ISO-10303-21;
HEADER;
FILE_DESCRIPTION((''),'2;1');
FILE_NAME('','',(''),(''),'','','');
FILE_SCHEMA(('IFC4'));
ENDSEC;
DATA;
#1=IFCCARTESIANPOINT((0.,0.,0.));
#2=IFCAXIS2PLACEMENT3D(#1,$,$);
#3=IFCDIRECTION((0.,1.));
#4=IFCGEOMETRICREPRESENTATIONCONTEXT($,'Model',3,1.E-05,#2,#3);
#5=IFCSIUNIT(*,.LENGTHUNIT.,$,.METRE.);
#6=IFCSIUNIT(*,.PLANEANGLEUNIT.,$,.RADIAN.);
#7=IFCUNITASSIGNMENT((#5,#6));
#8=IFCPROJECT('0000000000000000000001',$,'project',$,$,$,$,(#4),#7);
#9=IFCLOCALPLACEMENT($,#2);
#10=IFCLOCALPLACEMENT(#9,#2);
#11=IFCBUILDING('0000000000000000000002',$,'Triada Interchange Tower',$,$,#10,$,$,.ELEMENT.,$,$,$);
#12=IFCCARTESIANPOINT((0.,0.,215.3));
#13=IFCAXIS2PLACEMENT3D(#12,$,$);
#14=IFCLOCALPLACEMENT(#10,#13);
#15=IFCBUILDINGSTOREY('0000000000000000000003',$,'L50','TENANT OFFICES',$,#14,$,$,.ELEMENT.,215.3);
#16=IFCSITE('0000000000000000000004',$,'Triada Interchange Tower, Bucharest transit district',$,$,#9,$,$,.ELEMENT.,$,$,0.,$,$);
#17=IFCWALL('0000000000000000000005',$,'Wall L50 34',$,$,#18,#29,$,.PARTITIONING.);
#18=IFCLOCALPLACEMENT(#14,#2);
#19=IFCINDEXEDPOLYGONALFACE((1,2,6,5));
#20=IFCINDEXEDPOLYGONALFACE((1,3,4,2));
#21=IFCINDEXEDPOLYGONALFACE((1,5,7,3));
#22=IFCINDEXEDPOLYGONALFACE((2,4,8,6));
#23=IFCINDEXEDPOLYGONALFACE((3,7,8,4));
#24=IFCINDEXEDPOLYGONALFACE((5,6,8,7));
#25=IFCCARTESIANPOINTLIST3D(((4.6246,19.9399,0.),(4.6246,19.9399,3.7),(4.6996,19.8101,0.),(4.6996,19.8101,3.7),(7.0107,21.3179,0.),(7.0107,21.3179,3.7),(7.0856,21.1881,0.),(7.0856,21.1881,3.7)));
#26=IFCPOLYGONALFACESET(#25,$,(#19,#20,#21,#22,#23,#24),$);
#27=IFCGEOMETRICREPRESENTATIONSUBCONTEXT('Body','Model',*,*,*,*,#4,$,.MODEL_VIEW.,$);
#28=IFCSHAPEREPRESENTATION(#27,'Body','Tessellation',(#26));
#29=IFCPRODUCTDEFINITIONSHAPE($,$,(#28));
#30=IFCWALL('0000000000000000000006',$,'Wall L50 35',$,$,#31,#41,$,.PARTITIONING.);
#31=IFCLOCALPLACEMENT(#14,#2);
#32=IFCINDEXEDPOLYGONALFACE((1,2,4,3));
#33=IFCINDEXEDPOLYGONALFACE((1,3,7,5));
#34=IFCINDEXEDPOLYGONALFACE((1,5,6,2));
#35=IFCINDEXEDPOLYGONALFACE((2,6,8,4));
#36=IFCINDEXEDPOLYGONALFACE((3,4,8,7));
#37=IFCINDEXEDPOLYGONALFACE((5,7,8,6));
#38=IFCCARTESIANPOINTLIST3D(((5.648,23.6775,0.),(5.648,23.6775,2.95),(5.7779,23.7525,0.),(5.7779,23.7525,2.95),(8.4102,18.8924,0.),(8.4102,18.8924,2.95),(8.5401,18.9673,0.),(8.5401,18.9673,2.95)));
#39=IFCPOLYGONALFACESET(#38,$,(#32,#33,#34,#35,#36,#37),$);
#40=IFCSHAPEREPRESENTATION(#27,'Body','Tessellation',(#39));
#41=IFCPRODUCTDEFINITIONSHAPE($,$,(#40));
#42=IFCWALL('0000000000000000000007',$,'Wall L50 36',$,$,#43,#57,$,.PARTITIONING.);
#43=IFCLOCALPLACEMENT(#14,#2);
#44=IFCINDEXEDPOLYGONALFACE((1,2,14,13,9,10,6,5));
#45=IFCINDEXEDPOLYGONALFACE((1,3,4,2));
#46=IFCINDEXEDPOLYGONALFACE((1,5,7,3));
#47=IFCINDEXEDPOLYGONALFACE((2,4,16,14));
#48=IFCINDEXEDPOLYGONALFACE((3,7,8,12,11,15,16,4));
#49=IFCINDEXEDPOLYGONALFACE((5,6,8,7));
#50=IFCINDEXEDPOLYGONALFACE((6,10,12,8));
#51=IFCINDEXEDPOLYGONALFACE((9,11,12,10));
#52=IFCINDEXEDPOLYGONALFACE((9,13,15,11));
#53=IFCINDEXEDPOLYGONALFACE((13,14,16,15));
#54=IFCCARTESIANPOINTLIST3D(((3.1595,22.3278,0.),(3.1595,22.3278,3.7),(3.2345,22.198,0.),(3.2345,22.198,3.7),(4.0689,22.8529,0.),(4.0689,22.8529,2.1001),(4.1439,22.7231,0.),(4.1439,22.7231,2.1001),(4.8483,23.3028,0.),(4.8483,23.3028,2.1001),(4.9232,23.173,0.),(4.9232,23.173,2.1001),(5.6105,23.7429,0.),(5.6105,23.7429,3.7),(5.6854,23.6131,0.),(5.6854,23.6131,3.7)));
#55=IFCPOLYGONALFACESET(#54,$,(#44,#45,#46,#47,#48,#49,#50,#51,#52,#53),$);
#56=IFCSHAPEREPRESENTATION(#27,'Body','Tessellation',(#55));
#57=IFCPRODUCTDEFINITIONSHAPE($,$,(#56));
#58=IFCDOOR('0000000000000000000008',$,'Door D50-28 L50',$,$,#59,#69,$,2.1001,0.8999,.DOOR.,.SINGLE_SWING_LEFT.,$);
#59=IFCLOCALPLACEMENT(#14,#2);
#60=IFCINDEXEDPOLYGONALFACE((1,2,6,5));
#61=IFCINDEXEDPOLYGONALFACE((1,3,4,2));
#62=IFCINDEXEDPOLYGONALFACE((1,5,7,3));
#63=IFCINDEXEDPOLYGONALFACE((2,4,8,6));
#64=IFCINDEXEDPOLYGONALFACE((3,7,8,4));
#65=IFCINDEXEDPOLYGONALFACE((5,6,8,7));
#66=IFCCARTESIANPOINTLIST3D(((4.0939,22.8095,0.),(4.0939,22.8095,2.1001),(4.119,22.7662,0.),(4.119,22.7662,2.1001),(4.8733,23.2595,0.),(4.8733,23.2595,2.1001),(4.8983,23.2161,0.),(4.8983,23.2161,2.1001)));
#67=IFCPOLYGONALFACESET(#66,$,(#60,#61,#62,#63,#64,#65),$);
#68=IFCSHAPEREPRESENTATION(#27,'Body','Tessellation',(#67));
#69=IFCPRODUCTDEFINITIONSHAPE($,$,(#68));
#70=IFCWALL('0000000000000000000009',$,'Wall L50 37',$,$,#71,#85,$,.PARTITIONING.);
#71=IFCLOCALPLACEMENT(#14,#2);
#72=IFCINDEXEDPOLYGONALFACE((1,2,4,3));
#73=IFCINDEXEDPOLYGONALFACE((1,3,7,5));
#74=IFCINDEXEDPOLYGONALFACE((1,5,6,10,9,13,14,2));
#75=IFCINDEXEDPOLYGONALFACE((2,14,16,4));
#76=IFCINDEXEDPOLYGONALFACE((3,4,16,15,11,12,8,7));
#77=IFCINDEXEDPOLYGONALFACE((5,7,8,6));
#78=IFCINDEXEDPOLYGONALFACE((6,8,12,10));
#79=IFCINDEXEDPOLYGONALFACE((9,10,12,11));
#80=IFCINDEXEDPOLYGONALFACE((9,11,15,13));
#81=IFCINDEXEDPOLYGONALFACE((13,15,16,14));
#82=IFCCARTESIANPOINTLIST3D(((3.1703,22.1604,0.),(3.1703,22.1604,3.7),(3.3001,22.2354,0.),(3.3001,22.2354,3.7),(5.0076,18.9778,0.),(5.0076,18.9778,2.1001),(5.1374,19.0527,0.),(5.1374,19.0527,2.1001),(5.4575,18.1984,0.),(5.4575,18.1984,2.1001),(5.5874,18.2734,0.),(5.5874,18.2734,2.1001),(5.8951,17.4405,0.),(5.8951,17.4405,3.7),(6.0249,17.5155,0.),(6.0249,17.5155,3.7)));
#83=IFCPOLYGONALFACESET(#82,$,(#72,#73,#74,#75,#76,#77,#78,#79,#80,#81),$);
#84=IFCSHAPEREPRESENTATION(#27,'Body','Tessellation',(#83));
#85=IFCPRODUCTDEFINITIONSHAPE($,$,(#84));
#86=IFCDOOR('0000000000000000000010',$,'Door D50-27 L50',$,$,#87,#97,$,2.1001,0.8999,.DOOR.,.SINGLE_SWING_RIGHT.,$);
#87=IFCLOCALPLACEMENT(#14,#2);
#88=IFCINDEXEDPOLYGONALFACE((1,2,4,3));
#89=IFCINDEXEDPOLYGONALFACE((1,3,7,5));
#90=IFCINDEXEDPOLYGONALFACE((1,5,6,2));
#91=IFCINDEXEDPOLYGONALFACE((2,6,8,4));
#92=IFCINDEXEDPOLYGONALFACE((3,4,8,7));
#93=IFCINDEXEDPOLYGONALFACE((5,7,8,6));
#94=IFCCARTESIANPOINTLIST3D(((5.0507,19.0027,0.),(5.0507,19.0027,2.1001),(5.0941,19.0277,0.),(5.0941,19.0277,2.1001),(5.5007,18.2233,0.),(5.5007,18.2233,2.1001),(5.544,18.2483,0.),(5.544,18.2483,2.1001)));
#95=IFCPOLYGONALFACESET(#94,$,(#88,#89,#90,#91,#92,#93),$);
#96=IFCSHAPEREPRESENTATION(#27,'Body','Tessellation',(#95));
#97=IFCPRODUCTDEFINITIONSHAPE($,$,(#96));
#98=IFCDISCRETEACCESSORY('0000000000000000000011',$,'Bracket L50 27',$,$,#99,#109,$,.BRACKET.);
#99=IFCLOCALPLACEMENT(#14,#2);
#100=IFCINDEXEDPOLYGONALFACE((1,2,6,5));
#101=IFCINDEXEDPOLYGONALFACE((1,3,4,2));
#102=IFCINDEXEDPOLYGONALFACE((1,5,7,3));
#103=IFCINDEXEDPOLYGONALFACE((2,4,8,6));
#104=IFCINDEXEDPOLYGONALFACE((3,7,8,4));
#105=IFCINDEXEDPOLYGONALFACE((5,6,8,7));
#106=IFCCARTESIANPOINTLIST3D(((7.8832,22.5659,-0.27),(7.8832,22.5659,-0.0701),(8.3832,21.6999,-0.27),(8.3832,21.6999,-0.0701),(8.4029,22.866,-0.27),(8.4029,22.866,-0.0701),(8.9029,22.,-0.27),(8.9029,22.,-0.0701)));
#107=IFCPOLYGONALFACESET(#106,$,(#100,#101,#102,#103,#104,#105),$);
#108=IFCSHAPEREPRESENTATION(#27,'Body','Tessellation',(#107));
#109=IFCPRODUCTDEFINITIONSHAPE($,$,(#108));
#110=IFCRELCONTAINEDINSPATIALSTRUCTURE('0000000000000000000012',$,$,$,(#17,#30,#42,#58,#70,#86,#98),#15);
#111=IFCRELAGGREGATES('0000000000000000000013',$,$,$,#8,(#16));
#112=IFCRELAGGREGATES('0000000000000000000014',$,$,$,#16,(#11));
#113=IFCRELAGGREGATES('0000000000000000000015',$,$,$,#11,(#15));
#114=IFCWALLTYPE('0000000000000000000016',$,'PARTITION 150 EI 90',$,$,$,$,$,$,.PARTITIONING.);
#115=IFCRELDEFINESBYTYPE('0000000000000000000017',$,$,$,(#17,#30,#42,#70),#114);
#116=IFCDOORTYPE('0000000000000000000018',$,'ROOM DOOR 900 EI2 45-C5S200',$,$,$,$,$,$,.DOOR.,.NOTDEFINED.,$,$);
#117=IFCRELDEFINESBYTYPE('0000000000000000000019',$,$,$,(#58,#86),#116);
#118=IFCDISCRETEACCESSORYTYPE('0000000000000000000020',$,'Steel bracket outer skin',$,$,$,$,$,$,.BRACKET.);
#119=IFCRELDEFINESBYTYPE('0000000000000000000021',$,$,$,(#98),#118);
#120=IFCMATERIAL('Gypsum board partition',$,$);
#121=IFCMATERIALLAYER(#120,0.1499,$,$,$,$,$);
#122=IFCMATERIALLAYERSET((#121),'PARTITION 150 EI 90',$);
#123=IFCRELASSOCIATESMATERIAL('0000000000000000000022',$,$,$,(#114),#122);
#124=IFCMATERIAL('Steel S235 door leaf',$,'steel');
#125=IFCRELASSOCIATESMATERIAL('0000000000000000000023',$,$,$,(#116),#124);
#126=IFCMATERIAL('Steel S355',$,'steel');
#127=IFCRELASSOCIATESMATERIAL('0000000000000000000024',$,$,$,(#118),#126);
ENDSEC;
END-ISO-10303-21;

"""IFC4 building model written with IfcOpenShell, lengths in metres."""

from ifc_helpers import new_model, si_unit, direction, frame, frame_2d, origin, origin_2d, place, context, subcontext, project, spatial, rectangle, extrude, material, layer, layer_set, type_object, element, fill, save


model = new_model("IFC4")

# Units and contexts
model_context = context("Model", 3, precision=1e-05, world=origin(), true_north=direction((0.0, 1.0)))
body_context = subcontext(model_context, "Body", "Model", "MODEL_VIEW")
ifc_project = project(units=[si_unit("LENGTHUNIT", "METRE"), si_unit("PLANEANGLEUNIT", "RADIAN")], contexts=[model_context])

# Site, building, storey
site_placement = place(None, origin())
site = spatial("IfcSite", under=ifc_project, at=site_placement, Name="Triada Interchange Tower, Bucharest transit district", CompositionType="ELEMENT", RefElevation=0.0)
building_placement = place(site_placement, origin())
building = spatial("IfcBuilding", under=site, at=building_placement, Name="Triada Interchange Tower", CompositionType="ELEMENT")
storey_placement = place(building_placement, frame((0.0, 0.0, 215.3)))
storey = spatial("IfcBuildingStorey", under=building, at=storey_placement, Name="L50", Description="TENANT OFFICES", CompositionType="ELEMENT", Elevation=215.3)

# Shared definitions
ifc_material_1 = material(Name="Gypsum board partition")
ifc_material_2 = material(Name="Steel S235 door leaf", Category="steel")

# Walls
ifc_layer_1 = layer(ifc_material_1, 0.1499)
ifc_layer_set_1 = layer_set([ifc_layer_1], Name="PARTITION 150 EI 90")
wall_type_1 = type_object("IfcWallType", Name="PARTITION 150 EI 90", PredefinedType="PARTITIONING", material=ifc_layer_set_1)
wall_1_placement = place(storey_placement, frame((4.6621, 19.875, 0.0), z_axis=(0.0, 0.0, 1.0), x_axis=(0.865966, 0.500103, 0.0)))
element("IfcWall", 1, at=wall_1_placement, inside=storey, type_object=wall_type_1, Name="Wall L50 34", PredefinedType="PARTITIONING", context=body_context, shape_type="SweptSolid", body=[
    extrude(rectangle(XDim=2.7554, YDim=0.1499, at=frame_2d((1.3777, 0.0))), origin(), (0.0, 0.0, 1.0), 3.7),
])
wall_2_placement = place(storey_placement, frame((5.7129, 23.7151, 0.0), z_axis=(0.0, 0.0, 1.0), x_axis=(0.499932, -0.866065, 0.0)))
element("IfcWall", 2, at=wall_2_placement, inside=storey, type_object=wall_type_1, Name="Wall L50 35", PredefinedType="PARTITIONING", context=body_context, shape_type="SweptSolid", body=[
    extrude(rectangle(XDim=5.5251, YDim=0.1499, at=frame_2d((2.7627, 0.0))), origin(), (0.0, 0.0, 1.0), 2.95),
])

# Walls, openings, doors
wall_3_placement = place(storey_placement, frame((3.197, 22.2629, 0.0), z_axis=(0.0, 0.0, 1.0), x_axis=(0.866026, 0.499999, 0.0)))
wall_3 = element("IfcWall", 3, at=wall_3_placement, inside=storey, type_object=wall_type_1, Name="Wall L50 36", PredefinedType="PARTITIONING", context=body_context, shape_type="SweptSolid", body=[
    extrude(rectangle(XDim=2.8301, YDim=0.1499, at=frame_2d((1.415, 0.0))), origin(), (0.0, 0.0, 1.0), 3.7),
])
opening_1_placement = place(wall_3_placement, frame((1.05, 0.0, 0.0)))
opening_1 = element("IfcOpeningElement", 4, at=opening_1_placement, cuts=wall_3, PredefinedType="OPENING", context=body_context, shape_type="SweptSolid", body=[
    extrude(rectangle(XDim=0.8999, YDim=2.1001, at=frame_2d((0.45, 1.05))), frame((0.0, 0.085, 0.0), z_axis=(0.0, -1.0, 0.0), x_axis=(1.0, 0.0, 0.0)), (0.0, 0.0, 1.0), 0.1699),
])
door_type_1 = type_object("IfcDoorType", Name="ROOM DOOR 900 EI2 45-C5S200", OperationType="NOTDEFINED", PredefinedType="DOOR", material=ifc_material_2)
door_1_placement = place(opening_1_placement, origin())
door_1 = element("IfcDoor", 5, at=door_1_placement, inside=storey, type_object=door_type_1, Name="Door D50-28 L50", OperationType="SINGLE_SWING_LEFT", OverallHeight=2.1001, OverallWidth=0.8999, PredefinedType="DOOR", context=body_context, shape_type="SweptSolid", body=[
    extrude(rectangle(XDim=0.8999, YDim=2.1001, at=frame_2d((0.45, 1.05))), frame((0.0, 0.0249, 0.0), z_axis=(0.0, -1.0, 0.0), x_axis=(1.0, 0.0, 0.0)), (0.0, 0.0, 1.0), 0.05),
])
fill(opening_1, door_1)
wall_4_placement = place(storey_placement, frame((3.2351, 22.198, 0.0), z_axis=(0.0, 0.0, 1.0), x_axis=(0.499969, -0.866043, 0.0)))
wall_4 = element("IfcWall", 6, at=wall_4_placement, inside=storey, type_object=wall_type_1, Name="Wall L50 37", PredefinedType="PARTITIONING", context=body_context, shape_type="SweptSolid", body=[
    extrude(rectangle(XDim=5.45, YDim=0.1499, at=frame_2d((2.7251, 0.0))), origin(), (0.0, 0.0, 1.0), 3.7),
])
opening_2_placement = place(wall_4_placement, frame((3.675, 0.0, 0.0)))
opening_2 = element("IfcOpeningElement", 7, at=opening_2_placement, cuts=wall_4, PredefinedType="OPENING", context=body_context, shape_type="SweptSolid", body=[
    extrude(rectangle(XDim=0.8999, YDim=2.1001, at=frame_2d((0.45, 1.05))), frame((0.0, 0.085, 0.0), z_axis=(0.0, -1.0, 0.0), x_axis=(1.0, 0.0, 0.0)), (0.0, 0.0, 1.0), 0.1699),
])
door_2_placement = place(opening_2_placement, origin())
door_2 = element("IfcDoor", 8, at=door_2_placement, inside=storey, type_object=door_type_1, Name="Door D50-27 L50", OperationType="SINGLE_SWING_RIGHT", OverallHeight=2.1001, OverallWidth=0.8999, PredefinedType="DOOR", context=body_context, shape_type="SweptSolid", body=[
    extrude(rectangle(XDim=0.8999, YDim=2.1001, at=frame_2d((0.45, 1.05))), frame((0.0, 0.0249, 0.0), z_axis=(0.0, -1.0, 0.0), x_axis=(1.0, 0.0, 0.0)), (0.0, 0.0, 1.0), 0.05),
])
fill(opening_2, door_2)

# Discrete accessory
ifc_material_3 = material(Name="Steel S355", Category="steel")
discrete_accessory_type = type_object("IfcDiscreteAccessoryType", Name="Steel bracket outer skin", PredefinedType="BRACKET", material=ifc_material_3)
discrete_accessory_placement = place(storey_placement, frame((8.3931, 22.283, -0.27), z_axis=(0.0, 0.0, 1.0), x_axis=(0.866025, 0.500001, 0.0)))
element("IfcDiscreteAccessory", 9, at=discrete_accessory_placement, inside=storey, type_object=discrete_accessory_type, Name="Bracket L50 27", PredefinedType="BRACKET", context=body_context, shape_type="SweptSolid", body=[
    extrude(rectangle(XDim=0.6001, YDim=1.0, at=origin_2d()), origin(), (0.0, 0.0, 1.0), 0.2),
])

save(model, "model.ifc")
